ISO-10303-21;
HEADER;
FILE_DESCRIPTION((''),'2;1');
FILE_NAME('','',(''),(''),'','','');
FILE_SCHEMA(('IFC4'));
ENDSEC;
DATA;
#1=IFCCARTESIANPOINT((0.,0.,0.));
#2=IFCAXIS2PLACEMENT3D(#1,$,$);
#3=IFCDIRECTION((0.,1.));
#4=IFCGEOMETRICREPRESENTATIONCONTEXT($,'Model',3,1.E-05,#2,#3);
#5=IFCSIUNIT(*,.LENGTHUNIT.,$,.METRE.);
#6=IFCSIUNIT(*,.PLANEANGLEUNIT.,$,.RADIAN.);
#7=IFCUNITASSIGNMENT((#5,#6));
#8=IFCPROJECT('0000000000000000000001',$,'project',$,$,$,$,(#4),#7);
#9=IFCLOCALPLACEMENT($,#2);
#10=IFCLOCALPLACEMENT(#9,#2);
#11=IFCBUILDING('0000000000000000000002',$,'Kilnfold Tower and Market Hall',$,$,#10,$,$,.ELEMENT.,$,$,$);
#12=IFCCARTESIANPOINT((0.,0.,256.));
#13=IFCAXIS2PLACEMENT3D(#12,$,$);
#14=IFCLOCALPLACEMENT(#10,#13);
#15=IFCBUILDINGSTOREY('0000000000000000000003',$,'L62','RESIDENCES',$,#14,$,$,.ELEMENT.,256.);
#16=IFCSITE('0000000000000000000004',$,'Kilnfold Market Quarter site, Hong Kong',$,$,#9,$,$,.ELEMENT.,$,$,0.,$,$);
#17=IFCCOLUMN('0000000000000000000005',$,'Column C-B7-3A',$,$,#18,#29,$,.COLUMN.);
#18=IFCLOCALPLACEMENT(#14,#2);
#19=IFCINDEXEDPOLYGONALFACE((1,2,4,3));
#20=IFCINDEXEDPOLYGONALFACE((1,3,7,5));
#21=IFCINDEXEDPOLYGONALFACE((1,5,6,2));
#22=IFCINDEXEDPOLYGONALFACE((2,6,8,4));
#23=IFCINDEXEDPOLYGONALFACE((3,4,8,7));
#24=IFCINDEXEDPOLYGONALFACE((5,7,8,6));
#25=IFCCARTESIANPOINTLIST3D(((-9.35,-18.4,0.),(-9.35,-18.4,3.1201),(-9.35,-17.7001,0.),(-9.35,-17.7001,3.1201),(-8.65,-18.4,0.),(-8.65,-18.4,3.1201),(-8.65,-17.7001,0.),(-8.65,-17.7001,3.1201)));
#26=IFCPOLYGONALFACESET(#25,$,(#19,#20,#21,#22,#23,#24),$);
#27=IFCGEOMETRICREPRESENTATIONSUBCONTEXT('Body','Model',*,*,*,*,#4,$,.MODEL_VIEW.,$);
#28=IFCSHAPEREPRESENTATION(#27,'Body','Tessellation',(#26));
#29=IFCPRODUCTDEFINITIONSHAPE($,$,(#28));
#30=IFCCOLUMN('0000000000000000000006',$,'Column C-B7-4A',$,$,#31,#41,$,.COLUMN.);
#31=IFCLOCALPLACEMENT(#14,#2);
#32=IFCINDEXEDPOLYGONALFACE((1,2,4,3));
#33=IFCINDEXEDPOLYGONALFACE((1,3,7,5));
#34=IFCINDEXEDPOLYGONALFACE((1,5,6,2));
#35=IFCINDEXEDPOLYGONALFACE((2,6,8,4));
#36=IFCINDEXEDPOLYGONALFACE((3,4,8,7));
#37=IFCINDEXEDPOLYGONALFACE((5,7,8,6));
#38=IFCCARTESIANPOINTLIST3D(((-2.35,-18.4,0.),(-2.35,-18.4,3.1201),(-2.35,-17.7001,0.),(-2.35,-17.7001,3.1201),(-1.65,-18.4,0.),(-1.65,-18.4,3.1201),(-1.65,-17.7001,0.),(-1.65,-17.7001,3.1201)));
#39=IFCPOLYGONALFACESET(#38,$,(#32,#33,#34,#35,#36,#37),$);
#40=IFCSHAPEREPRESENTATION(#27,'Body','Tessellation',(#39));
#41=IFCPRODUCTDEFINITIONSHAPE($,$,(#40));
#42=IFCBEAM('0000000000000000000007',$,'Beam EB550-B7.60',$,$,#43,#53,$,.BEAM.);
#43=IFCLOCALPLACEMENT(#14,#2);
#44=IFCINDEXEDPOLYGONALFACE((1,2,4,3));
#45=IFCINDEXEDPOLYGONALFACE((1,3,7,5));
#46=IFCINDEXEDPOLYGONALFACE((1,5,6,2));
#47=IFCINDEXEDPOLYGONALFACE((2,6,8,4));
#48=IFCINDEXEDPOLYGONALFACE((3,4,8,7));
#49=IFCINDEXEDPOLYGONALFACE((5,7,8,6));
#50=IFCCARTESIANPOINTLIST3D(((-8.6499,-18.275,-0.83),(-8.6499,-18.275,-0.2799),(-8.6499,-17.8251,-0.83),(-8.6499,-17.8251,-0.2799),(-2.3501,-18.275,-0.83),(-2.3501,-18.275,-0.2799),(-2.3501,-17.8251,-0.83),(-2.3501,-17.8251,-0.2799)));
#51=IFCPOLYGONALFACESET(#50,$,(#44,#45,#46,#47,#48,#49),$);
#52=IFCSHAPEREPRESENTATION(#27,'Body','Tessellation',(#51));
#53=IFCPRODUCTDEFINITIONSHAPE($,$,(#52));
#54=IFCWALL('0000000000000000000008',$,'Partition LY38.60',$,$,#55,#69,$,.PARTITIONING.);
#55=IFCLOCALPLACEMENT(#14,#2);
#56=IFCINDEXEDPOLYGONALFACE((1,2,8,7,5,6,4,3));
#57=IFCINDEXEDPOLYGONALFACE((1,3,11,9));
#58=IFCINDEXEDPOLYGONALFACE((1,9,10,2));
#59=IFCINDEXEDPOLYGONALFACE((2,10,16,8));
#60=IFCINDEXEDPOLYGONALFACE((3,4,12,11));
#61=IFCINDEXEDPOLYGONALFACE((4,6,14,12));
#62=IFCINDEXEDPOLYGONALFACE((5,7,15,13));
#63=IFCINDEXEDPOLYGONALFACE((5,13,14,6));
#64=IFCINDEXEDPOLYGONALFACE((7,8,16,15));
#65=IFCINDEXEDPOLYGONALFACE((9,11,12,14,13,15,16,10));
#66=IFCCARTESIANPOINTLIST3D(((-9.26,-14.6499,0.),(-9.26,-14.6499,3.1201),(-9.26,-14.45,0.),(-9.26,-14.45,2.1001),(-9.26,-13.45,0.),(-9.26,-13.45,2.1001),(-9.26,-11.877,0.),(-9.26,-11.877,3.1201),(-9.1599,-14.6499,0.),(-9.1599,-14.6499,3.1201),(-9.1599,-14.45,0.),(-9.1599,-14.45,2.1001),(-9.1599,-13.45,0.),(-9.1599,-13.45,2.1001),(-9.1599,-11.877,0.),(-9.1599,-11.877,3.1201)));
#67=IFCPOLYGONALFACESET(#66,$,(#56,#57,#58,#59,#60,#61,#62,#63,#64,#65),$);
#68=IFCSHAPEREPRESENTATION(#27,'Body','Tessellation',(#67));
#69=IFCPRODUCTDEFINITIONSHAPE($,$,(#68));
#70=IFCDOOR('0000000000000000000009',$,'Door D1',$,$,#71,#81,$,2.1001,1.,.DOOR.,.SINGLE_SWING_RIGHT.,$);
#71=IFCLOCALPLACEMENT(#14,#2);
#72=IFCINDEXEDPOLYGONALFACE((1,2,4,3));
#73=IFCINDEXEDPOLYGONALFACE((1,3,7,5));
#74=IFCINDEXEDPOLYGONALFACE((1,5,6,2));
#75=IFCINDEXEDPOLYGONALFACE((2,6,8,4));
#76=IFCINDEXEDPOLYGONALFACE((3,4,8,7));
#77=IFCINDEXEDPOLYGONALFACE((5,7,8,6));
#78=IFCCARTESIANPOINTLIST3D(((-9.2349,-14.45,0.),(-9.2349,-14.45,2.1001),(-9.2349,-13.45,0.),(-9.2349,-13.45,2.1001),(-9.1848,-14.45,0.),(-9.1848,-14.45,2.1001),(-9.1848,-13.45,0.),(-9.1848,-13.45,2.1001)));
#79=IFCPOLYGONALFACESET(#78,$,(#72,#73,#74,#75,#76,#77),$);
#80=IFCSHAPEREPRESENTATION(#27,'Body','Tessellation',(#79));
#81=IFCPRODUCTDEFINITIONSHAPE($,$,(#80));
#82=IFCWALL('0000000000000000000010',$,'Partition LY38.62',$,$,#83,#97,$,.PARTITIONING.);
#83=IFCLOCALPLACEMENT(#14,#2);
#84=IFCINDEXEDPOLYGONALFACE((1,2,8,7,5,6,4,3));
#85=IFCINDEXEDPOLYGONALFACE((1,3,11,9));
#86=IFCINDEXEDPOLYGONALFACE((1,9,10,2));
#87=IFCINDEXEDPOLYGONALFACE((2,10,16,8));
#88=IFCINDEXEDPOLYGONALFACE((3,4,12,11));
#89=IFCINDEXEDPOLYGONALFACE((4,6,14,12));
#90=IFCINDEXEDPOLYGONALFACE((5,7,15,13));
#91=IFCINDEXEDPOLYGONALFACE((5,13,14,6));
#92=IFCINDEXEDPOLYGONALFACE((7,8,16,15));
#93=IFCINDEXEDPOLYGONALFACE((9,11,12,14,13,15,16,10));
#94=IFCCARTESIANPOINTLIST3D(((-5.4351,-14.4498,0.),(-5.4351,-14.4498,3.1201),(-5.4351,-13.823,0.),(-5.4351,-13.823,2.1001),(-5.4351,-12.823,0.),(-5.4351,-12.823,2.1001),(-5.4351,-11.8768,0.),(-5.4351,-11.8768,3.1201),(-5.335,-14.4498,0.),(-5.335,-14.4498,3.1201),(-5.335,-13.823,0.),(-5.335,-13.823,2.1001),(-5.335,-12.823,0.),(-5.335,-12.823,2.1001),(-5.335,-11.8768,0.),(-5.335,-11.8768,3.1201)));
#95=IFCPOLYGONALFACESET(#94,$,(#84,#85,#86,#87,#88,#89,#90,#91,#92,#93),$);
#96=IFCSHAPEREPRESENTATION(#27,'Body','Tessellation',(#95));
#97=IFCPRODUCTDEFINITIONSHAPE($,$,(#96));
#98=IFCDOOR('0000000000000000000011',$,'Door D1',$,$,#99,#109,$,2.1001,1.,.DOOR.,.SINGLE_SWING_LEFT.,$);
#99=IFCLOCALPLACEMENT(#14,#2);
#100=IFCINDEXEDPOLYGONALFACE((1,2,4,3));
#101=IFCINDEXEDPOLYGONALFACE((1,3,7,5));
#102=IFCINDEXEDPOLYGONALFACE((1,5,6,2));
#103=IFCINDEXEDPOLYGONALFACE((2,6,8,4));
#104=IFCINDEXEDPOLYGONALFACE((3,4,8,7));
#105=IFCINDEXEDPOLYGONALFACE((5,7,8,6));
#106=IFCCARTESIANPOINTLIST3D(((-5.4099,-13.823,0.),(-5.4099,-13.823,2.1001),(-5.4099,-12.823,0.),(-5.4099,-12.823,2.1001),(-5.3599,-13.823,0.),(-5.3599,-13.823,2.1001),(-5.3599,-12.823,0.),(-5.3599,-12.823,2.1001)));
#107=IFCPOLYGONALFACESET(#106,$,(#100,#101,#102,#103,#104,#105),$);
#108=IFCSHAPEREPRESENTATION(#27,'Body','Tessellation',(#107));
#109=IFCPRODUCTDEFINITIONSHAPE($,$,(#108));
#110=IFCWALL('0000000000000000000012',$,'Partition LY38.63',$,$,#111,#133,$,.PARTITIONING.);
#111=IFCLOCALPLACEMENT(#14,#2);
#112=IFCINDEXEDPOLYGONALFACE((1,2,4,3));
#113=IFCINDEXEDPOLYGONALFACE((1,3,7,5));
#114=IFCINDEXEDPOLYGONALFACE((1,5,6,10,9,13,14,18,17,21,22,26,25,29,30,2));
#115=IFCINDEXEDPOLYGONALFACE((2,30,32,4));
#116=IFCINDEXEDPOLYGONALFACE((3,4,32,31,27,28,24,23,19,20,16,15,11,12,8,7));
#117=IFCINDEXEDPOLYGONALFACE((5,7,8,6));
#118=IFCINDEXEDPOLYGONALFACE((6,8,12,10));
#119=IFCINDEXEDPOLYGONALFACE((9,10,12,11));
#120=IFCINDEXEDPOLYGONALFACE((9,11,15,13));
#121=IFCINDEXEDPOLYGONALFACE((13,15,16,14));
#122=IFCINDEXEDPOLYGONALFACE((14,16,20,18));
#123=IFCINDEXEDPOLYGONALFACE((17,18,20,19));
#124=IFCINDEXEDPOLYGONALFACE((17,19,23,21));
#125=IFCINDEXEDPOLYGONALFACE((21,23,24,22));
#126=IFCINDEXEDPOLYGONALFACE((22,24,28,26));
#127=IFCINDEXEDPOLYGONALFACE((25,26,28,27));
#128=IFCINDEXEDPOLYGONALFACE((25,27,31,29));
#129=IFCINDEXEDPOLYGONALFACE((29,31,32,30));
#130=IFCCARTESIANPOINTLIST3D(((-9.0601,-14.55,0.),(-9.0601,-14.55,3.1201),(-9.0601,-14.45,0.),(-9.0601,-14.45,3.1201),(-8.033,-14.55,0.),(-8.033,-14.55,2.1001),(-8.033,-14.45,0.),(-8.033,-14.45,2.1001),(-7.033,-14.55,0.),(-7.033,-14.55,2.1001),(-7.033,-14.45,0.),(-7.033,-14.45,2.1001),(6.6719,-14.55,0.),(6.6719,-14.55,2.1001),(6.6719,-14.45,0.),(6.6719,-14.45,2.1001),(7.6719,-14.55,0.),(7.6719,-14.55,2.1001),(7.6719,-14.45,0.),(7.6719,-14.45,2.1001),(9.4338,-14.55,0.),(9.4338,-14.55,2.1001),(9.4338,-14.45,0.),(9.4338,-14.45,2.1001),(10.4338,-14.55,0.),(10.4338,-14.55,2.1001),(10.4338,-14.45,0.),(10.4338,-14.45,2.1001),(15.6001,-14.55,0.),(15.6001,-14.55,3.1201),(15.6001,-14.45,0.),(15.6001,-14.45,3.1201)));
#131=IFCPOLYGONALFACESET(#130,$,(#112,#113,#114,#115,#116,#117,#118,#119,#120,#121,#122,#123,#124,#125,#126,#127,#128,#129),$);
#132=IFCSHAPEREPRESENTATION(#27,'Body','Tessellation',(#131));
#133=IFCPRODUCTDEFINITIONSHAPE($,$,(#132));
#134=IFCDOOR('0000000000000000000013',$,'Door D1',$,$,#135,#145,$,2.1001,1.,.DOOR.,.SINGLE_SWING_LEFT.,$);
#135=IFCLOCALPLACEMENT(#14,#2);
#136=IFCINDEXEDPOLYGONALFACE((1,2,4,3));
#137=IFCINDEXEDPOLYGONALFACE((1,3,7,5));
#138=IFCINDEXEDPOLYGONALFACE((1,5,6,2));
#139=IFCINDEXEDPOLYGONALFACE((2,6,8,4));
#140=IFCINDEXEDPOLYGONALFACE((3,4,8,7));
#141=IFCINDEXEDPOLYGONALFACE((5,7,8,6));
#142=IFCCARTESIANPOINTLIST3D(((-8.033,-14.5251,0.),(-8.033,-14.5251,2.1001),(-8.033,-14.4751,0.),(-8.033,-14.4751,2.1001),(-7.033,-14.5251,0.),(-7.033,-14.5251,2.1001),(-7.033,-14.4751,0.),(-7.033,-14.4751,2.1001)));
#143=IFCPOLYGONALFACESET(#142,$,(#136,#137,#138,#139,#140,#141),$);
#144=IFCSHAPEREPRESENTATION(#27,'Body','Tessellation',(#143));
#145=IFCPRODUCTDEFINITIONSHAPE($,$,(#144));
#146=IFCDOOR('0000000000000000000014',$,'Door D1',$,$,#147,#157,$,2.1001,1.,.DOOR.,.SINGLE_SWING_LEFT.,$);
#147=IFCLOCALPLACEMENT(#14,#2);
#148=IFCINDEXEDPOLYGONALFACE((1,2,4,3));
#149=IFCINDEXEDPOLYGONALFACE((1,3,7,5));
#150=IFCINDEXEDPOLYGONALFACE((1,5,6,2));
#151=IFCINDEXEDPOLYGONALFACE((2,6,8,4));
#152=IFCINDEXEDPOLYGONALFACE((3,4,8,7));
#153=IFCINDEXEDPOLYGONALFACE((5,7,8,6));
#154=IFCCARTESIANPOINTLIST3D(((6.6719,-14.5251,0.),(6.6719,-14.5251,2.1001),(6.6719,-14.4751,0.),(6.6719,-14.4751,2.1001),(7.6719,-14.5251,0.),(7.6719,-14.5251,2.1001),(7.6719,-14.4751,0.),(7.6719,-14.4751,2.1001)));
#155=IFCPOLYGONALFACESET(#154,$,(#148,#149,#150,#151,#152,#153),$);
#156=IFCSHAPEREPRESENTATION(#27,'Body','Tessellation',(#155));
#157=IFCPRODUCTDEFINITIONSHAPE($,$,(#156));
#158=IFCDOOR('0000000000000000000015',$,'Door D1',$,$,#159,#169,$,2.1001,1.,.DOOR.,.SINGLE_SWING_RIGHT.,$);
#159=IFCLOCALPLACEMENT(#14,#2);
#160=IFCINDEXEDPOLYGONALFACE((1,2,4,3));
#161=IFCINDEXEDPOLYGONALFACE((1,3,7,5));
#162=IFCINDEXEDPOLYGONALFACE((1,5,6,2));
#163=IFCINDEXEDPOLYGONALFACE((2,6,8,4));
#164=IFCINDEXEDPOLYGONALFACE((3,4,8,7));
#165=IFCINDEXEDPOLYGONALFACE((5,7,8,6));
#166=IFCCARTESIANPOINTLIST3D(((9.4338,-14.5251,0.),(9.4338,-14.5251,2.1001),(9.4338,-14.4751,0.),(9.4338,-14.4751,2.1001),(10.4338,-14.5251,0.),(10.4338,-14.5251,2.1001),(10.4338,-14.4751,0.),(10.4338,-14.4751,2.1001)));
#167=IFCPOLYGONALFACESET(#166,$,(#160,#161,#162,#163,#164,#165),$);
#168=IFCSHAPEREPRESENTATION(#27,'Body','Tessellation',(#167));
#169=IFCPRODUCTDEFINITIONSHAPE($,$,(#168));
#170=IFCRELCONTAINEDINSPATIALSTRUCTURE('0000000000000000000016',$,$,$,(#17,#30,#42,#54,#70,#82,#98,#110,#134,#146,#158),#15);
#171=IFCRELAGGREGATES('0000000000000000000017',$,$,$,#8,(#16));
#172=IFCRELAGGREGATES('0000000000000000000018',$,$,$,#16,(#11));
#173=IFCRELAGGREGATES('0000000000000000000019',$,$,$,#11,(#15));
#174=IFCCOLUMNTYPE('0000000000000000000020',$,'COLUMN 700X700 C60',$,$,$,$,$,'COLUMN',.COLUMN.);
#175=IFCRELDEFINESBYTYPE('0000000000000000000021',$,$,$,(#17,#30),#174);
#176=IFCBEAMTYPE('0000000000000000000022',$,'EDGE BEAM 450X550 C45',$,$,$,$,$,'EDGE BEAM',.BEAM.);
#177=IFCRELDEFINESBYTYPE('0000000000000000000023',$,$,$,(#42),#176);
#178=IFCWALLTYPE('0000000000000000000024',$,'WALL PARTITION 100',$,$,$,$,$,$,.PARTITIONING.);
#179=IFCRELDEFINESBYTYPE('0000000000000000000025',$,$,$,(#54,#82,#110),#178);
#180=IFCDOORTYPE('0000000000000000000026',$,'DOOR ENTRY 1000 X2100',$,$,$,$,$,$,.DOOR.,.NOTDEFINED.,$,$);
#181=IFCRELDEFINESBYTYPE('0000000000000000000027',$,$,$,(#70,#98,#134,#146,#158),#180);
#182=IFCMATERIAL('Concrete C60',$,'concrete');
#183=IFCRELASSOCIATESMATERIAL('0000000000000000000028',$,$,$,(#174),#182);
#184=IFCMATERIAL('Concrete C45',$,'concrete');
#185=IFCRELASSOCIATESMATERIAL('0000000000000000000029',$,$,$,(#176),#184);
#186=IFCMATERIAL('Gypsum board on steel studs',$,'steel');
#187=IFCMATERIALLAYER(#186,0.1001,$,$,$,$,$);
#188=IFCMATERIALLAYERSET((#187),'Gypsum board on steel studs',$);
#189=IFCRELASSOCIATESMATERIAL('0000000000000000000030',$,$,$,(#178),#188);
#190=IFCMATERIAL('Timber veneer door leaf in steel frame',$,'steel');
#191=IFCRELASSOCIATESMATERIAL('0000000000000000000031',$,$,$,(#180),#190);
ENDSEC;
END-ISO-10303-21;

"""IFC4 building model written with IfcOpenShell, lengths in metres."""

from ifc_helpers import new_model, si_unit, direction, frame, frame_2d, origin, origin_2d, place, context, subcontext, project, spatial, rectangle, extrude, source, transform, mapped, material, layer, layer_set, material_profile, profile_set, type_object, element, fill, save


model = new_model("IFC4")

# Units and contexts
model_context = context("Model", 3, precision=1e-05, world=origin(), true_north=direction((0.0, 1.0)))
body_context = subcontext(model_context, "Body", "Model", "MODEL_VIEW")
ifc_project = project(units=[si_unit("LENGTHUNIT", "METRE"), si_unit("PLANEANGLEUNIT", "RADIAN")], contexts=[model_context])

# Site, building, storey
site_placement = place(None, origin())
site = spatial("IfcSite", under=ifc_project, at=site_placement, Name="Kilnfold Market Quarter site, Hong Kong", CompositionType="ELEMENT", RefElevation=0.0)
building_placement = place(site_placement, origin())
building = spatial("IfcBuilding", under=site, at=building_placement, Name="Kilnfold Tower and Market Hall", CompositionType="ELEMENT")
storey_placement = place(building_placement, frame((0.0, 0.0, 256.0)))
storey = spatial("IfcBuildingStorey", under=building, at=storey_placement, Name="L62", Description="RESIDENCES", CompositionType="ELEMENT", Elevation=256.0)

# Columns
ifc_material_1 = material(Name="Concrete C60", Category="concrete")
ifc_material_profile_1 = material_profile(ifc_material_1, rectangle(XDim=0.7, YDim=0.7, at=origin_2d()), Name="RC 700x700")
ifc_profile_set_1 = profile_set([ifc_material_profile_1], Name="Concrete C60")
column_type = type_object("IfcColumnType", Name="COLUMN 700X700 C60", ElementType="COLUMN", PredefinedType="COLUMN", material=ifc_profile_set_1)
shared_shape_1 = source(origin(), body_context, "Body", "SweptSolid", [
    extrude(rectangle(XDim=0.7, YDim=0.7, at=origin_2d()), origin(), (0.0, 0.0, 1.0), 3.1201),
])
for number, where, z_axis, x_axis, name in (
    (1, (-9.0, -18.05, 0.0), (0.0, 0.0, 1.0), (1.0, 0.0, 0.0), "Column C-B7-3A"),
    (2, (-2.0, -18.05, 0.0), (0.0, 0.0, 1.0), (1.0, 0.0, 0.0), "Column C-B7-4A"),
):
    element("IfcColumn", number, at=place(storey_placement, frame(where, z_axis=z_axis, x_axis=x_axis)), inside=storey, type_object=column_type, Name=name, PredefinedType="COLUMN", context=body_context, shape_type="MappedRepresentation", body=[
        mapped(shared_shape_1, transform((0.0, 0.0, 0.0))),
    ])

# Beam
ifc_material_2 = material(Name="Concrete C45", Category="concrete")
ifc_material_profile_2 = material_profile(ifc_material_2, rectangle(XDim=0.45, YDim=0.55, at=origin_2d()), Name="RC 450x550")
ifc_profile_set_2 = profile_set([ifc_material_profile_2], Name="Concrete C45")
beam_type = type_object("IfcBeamType", Name="EDGE BEAM 450X550 C45", ElementType="EDGE BEAM", PredefinedType="BEAM", material=ifc_profile_set_2)
shared_shape_2 = source(origin(), body_context, "Body", "SweptSolid", [
    extrude(rectangle(XDim=0.45, YDim=0.55, at=origin_2d()), origin(), (0.0, 0.0, 1.0), 6.2998),
])
beam_placement = place(storey_placement, frame((-8.6499, -18.05, -0.5549), z_axis=(1.0, 0.0, 0.0), x_axis=(0.0, 1.0, 0.0)))
element("IfcBeam", 3, at=beam_placement, inside=storey, type_object=beam_type, Name="Beam EB550-B7.60", PredefinedType="BEAM", context=body_context, shape_type="MappedRepresentation", body=[
    mapped(shared_shape_2, transform((0.0, 0.0, 0.0))),
])

# Walls, openings, doors
ifc_material_3 = material(Name="Gypsum board on steel studs", Category="steel")
ifc_layer_1 = layer(ifc_material_3, 0.1001)
ifc_layer_set_1 = layer_set([ifc_layer_1], Name="Gypsum board on steel studs")
wall_type_1 = type_object("IfcWallType", Name="WALL PARTITION 100", PredefinedType="PARTITIONING", material=ifc_layer_set_1)
wall_1_placement = place(storey_placement, frame((-9.21, -14.6499, 0.0), z_axis=(0.0, 0.0, 1.0), x_axis=(0.0, 1.0, 0.0)))
wall_1 = element("IfcWall", 4, at=wall_1_placement, inside=storey, type_object=wall_type_1, Name="Partition LY38.60", PredefinedType="PARTITIONING", context=body_context, shape_type="SweptSolid", body=[
    extrude(rectangle(XDim=2.7729, YDim=0.1001, at=frame_2d((1.3865, 0.0))), origin(), (0.0, 0.0, 1.0), 3.1201),
])
opening_1_placement = place(wall_1_placement, frame((0.2, 0.0, 0.0)))
opening_1 = element("IfcOpeningElement", 5, at=opening_1_placement, cuts=wall_1, PredefinedType="OPENING", context=body_context, shape_type="SweptSolid", body=[
    extrude(rectangle(XDim=1.0, YDim=2.1001, at=frame_2d((0.5, 1.05))), frame((0.0, 0.0601, 0.0), z_axis=(0.0, -1.0, 0.0), x_axis=(1.0, 0.0, 0.0)), (0.0, 0.0, 1.0), 0.1201),
])
ifc_material_4 = material(Name="Timber veneer door leaf in steel frame", Category="steel")
door_type = type_object("IfcDoorType", Name="DOOR ENTRY 1000 X2100", OperationType="NOTDEFINED", PredefinedType="DOOR", material=ifc_material_4)
door_1_placement = place(opening_1_placement, origin())
door_1 = element("IfcDoor", 6, at=door_1_placement, inside=storey, type_object=door_type, Name="Door D1", OperationType="SINGLE_SWING_RIGHT", OverallHeight=2.1001, OverallWidth=1.0, PredefinedType="DOOR", context=body_context, shape_type="SweptSolid", body=[
    extrude(rectangle(XDim=1.0, YDim=2.1001, at=frame_2d((0.5, 1.05))), frame((0.0, 0.0249, 0.0), z_axis=(0.0, -1.0, 0.0), x_axis=(1.0, 0.0, 0.0)), (0.0, 0.0, 1.0), 0.05),
])
fill(opening_1, door_1)
wall_2_placement = place(storey_placement, frame((-5.385, -14.45, 0.0), z_axis=(0.0, 0.0, 1.0), x_axis=(0.0, 1.0, 0.0)))
wall_2 = element("IfcWall", 7, at=wall_2_placement, inside=storey, type_object=wall_type_1, Name="Partition LY38.62", PredefinedType="PARTITIONING", context=body_context, shape_type="SweptSolid", body=[
    extrude(rectangle(XDim=2.573, YDim=0.1001, at=frame_2d((1.2866, 0.0))), origin(), (0.0, 0.0, 1.0), 3.1201),
])
opening_2_placement = place(wall_2_placement, frame((0.627, 0.0, 0.0)))
opening_2 = element("IfcOpeningElement", 8, at=opening_2_placement, cuts=wall_2, PredefinedType="OPENING", context=body_context, shape_type="SweptSolid", body=[
    extrude(rectangle(XDim=1.0, YDim=2.1001, at=frame_2d((0.5, 1.05))), frame((0.0, 0.0601, 0.0), z_axis=(0.0, -1.0, 0.0), x_axis=(1.0, 0.0, 0.0)), (0.0, 0.0, 1.0), 0.1201),
])
door_2_placement = place(opening_2_placement, origin())
door_2 = element("IfcDoor", 9, at=door_2_placement, inside=storey, type_object=door_type, Name="Door D1", OperationType="SINGLE_SWING_LEFT", OverallHeight=2.1001, OverallWidth=1.0, PredefinedType="DOOR", context=body_context, shape_type="SweptSolid", body=[
    extrude(rectangle(XDim=1.0, YDim=2.1001, at=frame_2d((0.5, 1.05))), frame((0.0, 0.0249, 0.0), z_axis=(0.0, -1.0, 0.0), x_axis=(1.0, 0.0, 0.0)), (0.0, 0.0, 1.0), 0.05),
])
fill(opening_2, door_2)

# Wall, openings, doors
wall_3_placement = place(storey_placement, frame((-9.0601, -14.5, 0.0), z_axis=(0.0, 0.0, 1.0), x_axis=(1.0, 0.0, 0.0)))
wall_3 = element("IfcWall", 10, at=wall_3_placement, inside=storey, type_object=wall_type_1, Name="Partition LY38.63", PredefinedType="PARTITIONING", context=body_context, shape_type="SweptSolid", body=[
    extrude(rectangle(XDim=24.6602, YDim=0.1001, at=frame_2d((12.3301, 0.0))), origin(), (0.0, 0.0, 1.0), 3.1201),
])
opening_3_placement = place(wall_3_placement, frame((1.0271, 0.0, 0.0)))
opening_3 = element("IfcOpeningElement", 11, at=opening_3_placement, cuts=wall_3, PredefinedType="OPENING", context=body_context, shape_type="SweptSolid", body=[
    extrude(rectangle(XDim=1.0, YDim=2.1001, at=frame_2d((0.5, 1.05))), frame((0.0, 0.0601, 0.0), z_axis=(0.0, -1.0, 0.0), x_axis=(1.0, 0.0, 0.0)), (0.0, 0.0, 1.0), 0.1201),
])
opening_4_placement = place(wall_3_placement, frame((15.7319, 0.0, 0.0)))
opening_4 = element("IfcOpeningElement", 12, at=opening_4_placement, cuts=wall_3, PredefinedType="OPENING", context=body_context, shape_type="SweptSolid", body=[
    extrude(rectangle(XDim=1.0, YDim=2.1001, at=frame_2d((0.5, 1.05))), frame((0.0, 0.0601, 0.0), z_axis=(0.0, -1.0, 0.0), x_axis=(1.0, 0.0, 0.0)), (0.0, 0.0, 1.0), 0.1201),
])
opening_5_placement = place(wall_3_placement, frame((18.4939, 0.0, 0.0)))
opening_5 = element("IfcOpeningElement", 13, at=opening_5_placement, cuts=wall_3, PredefinedType="OPENING", context=body_context, shape_type="SweptSolid", body=[
    extrude(rectangle(XDim=1.0, YDim=2.1001, at=frame_2d((0.5, 1.05))), frame((0.0, 0.0601, 0.0), z_axis=(0.0, -1.0, 0.0), x_axis=(1.0, 0.0, 0.0)), (0.0, 0.0, 1.0), 0.1201),
])
door_3_placement = place(opening_3_placement, origin())
door_3 = element("IfcDoor", 14, at=door_3_placement, inside=storey, type_object=door_type, Name="Door D1", OperationType="SINGLE_SWING_LEFT", OverallHeight=2.1001, OverallWidth=1.0, PredefinedType="DOOR", context=body_context, shape_type="SweptSolid", body=[
    extrude(rectangle(XDim=1.0, YDim=2.1001, at=frame_2d((0.5, 1.05))), frame((0.0, 0.0249, 0.0), z_axis=(0.0, -1.0, 0.0), x_axis=(1.0, 0.0, 0.0)), (0.0, 0.0, 1.0), 0.05),
])
fill(opening_3, door_3)
door_4_placement = place(opening_4_placement, origin())
door_4 = element("IfcDoor", 15, at=door_4_placement, inside=storey, type_object=door_type, Name="Door D1", OperationType="SINGLE_SWING_LEFT", OverallHeight=2.1001, OverallWidth=1.0, PredefinedType="DOOR", context=body_context, shape_type="SweptSolid", body=[
    extrude(rectangle(XDim=1.0, YDim=2.1001, at=frame_2d((0.5, 1.05))), frame((0.0, 0.0249, 0.0), z_axis=(0.0, -1.0, 0.0), x_axis=(1.0, 0.0, 0.0)), (0.0, 0.0, 1.0), 0.05),
])
fill(opening_4, door_4)
door_5_placement = place(opening_5_placement, origin())
door_5 = element("IfcDoor", 16, at=door_5_placement, inside=storey, type_object=door_type, Name="Door D1", OperationType="SINGLE_SWING_RIGHT", OverallHeight=2.1001, OverallWidth=1.0, PredefinedType="DOOR", context=body_context, shape_type="SweptSolid", body=[
    extrude(rectangle(XDim=1.0, YDim=2.1001, at=frame_2d((0.5, 1.05))), frame((0.0, 0.0249, 0.0), z_axis=(0.0, -1.0, 0.0), x_axis=(1.0, 0.0, 0.0)), (0.0, 0.0, 1.0), 0.05),
])
fill(opening_5, door_5)

save(model, "model.ifc")
